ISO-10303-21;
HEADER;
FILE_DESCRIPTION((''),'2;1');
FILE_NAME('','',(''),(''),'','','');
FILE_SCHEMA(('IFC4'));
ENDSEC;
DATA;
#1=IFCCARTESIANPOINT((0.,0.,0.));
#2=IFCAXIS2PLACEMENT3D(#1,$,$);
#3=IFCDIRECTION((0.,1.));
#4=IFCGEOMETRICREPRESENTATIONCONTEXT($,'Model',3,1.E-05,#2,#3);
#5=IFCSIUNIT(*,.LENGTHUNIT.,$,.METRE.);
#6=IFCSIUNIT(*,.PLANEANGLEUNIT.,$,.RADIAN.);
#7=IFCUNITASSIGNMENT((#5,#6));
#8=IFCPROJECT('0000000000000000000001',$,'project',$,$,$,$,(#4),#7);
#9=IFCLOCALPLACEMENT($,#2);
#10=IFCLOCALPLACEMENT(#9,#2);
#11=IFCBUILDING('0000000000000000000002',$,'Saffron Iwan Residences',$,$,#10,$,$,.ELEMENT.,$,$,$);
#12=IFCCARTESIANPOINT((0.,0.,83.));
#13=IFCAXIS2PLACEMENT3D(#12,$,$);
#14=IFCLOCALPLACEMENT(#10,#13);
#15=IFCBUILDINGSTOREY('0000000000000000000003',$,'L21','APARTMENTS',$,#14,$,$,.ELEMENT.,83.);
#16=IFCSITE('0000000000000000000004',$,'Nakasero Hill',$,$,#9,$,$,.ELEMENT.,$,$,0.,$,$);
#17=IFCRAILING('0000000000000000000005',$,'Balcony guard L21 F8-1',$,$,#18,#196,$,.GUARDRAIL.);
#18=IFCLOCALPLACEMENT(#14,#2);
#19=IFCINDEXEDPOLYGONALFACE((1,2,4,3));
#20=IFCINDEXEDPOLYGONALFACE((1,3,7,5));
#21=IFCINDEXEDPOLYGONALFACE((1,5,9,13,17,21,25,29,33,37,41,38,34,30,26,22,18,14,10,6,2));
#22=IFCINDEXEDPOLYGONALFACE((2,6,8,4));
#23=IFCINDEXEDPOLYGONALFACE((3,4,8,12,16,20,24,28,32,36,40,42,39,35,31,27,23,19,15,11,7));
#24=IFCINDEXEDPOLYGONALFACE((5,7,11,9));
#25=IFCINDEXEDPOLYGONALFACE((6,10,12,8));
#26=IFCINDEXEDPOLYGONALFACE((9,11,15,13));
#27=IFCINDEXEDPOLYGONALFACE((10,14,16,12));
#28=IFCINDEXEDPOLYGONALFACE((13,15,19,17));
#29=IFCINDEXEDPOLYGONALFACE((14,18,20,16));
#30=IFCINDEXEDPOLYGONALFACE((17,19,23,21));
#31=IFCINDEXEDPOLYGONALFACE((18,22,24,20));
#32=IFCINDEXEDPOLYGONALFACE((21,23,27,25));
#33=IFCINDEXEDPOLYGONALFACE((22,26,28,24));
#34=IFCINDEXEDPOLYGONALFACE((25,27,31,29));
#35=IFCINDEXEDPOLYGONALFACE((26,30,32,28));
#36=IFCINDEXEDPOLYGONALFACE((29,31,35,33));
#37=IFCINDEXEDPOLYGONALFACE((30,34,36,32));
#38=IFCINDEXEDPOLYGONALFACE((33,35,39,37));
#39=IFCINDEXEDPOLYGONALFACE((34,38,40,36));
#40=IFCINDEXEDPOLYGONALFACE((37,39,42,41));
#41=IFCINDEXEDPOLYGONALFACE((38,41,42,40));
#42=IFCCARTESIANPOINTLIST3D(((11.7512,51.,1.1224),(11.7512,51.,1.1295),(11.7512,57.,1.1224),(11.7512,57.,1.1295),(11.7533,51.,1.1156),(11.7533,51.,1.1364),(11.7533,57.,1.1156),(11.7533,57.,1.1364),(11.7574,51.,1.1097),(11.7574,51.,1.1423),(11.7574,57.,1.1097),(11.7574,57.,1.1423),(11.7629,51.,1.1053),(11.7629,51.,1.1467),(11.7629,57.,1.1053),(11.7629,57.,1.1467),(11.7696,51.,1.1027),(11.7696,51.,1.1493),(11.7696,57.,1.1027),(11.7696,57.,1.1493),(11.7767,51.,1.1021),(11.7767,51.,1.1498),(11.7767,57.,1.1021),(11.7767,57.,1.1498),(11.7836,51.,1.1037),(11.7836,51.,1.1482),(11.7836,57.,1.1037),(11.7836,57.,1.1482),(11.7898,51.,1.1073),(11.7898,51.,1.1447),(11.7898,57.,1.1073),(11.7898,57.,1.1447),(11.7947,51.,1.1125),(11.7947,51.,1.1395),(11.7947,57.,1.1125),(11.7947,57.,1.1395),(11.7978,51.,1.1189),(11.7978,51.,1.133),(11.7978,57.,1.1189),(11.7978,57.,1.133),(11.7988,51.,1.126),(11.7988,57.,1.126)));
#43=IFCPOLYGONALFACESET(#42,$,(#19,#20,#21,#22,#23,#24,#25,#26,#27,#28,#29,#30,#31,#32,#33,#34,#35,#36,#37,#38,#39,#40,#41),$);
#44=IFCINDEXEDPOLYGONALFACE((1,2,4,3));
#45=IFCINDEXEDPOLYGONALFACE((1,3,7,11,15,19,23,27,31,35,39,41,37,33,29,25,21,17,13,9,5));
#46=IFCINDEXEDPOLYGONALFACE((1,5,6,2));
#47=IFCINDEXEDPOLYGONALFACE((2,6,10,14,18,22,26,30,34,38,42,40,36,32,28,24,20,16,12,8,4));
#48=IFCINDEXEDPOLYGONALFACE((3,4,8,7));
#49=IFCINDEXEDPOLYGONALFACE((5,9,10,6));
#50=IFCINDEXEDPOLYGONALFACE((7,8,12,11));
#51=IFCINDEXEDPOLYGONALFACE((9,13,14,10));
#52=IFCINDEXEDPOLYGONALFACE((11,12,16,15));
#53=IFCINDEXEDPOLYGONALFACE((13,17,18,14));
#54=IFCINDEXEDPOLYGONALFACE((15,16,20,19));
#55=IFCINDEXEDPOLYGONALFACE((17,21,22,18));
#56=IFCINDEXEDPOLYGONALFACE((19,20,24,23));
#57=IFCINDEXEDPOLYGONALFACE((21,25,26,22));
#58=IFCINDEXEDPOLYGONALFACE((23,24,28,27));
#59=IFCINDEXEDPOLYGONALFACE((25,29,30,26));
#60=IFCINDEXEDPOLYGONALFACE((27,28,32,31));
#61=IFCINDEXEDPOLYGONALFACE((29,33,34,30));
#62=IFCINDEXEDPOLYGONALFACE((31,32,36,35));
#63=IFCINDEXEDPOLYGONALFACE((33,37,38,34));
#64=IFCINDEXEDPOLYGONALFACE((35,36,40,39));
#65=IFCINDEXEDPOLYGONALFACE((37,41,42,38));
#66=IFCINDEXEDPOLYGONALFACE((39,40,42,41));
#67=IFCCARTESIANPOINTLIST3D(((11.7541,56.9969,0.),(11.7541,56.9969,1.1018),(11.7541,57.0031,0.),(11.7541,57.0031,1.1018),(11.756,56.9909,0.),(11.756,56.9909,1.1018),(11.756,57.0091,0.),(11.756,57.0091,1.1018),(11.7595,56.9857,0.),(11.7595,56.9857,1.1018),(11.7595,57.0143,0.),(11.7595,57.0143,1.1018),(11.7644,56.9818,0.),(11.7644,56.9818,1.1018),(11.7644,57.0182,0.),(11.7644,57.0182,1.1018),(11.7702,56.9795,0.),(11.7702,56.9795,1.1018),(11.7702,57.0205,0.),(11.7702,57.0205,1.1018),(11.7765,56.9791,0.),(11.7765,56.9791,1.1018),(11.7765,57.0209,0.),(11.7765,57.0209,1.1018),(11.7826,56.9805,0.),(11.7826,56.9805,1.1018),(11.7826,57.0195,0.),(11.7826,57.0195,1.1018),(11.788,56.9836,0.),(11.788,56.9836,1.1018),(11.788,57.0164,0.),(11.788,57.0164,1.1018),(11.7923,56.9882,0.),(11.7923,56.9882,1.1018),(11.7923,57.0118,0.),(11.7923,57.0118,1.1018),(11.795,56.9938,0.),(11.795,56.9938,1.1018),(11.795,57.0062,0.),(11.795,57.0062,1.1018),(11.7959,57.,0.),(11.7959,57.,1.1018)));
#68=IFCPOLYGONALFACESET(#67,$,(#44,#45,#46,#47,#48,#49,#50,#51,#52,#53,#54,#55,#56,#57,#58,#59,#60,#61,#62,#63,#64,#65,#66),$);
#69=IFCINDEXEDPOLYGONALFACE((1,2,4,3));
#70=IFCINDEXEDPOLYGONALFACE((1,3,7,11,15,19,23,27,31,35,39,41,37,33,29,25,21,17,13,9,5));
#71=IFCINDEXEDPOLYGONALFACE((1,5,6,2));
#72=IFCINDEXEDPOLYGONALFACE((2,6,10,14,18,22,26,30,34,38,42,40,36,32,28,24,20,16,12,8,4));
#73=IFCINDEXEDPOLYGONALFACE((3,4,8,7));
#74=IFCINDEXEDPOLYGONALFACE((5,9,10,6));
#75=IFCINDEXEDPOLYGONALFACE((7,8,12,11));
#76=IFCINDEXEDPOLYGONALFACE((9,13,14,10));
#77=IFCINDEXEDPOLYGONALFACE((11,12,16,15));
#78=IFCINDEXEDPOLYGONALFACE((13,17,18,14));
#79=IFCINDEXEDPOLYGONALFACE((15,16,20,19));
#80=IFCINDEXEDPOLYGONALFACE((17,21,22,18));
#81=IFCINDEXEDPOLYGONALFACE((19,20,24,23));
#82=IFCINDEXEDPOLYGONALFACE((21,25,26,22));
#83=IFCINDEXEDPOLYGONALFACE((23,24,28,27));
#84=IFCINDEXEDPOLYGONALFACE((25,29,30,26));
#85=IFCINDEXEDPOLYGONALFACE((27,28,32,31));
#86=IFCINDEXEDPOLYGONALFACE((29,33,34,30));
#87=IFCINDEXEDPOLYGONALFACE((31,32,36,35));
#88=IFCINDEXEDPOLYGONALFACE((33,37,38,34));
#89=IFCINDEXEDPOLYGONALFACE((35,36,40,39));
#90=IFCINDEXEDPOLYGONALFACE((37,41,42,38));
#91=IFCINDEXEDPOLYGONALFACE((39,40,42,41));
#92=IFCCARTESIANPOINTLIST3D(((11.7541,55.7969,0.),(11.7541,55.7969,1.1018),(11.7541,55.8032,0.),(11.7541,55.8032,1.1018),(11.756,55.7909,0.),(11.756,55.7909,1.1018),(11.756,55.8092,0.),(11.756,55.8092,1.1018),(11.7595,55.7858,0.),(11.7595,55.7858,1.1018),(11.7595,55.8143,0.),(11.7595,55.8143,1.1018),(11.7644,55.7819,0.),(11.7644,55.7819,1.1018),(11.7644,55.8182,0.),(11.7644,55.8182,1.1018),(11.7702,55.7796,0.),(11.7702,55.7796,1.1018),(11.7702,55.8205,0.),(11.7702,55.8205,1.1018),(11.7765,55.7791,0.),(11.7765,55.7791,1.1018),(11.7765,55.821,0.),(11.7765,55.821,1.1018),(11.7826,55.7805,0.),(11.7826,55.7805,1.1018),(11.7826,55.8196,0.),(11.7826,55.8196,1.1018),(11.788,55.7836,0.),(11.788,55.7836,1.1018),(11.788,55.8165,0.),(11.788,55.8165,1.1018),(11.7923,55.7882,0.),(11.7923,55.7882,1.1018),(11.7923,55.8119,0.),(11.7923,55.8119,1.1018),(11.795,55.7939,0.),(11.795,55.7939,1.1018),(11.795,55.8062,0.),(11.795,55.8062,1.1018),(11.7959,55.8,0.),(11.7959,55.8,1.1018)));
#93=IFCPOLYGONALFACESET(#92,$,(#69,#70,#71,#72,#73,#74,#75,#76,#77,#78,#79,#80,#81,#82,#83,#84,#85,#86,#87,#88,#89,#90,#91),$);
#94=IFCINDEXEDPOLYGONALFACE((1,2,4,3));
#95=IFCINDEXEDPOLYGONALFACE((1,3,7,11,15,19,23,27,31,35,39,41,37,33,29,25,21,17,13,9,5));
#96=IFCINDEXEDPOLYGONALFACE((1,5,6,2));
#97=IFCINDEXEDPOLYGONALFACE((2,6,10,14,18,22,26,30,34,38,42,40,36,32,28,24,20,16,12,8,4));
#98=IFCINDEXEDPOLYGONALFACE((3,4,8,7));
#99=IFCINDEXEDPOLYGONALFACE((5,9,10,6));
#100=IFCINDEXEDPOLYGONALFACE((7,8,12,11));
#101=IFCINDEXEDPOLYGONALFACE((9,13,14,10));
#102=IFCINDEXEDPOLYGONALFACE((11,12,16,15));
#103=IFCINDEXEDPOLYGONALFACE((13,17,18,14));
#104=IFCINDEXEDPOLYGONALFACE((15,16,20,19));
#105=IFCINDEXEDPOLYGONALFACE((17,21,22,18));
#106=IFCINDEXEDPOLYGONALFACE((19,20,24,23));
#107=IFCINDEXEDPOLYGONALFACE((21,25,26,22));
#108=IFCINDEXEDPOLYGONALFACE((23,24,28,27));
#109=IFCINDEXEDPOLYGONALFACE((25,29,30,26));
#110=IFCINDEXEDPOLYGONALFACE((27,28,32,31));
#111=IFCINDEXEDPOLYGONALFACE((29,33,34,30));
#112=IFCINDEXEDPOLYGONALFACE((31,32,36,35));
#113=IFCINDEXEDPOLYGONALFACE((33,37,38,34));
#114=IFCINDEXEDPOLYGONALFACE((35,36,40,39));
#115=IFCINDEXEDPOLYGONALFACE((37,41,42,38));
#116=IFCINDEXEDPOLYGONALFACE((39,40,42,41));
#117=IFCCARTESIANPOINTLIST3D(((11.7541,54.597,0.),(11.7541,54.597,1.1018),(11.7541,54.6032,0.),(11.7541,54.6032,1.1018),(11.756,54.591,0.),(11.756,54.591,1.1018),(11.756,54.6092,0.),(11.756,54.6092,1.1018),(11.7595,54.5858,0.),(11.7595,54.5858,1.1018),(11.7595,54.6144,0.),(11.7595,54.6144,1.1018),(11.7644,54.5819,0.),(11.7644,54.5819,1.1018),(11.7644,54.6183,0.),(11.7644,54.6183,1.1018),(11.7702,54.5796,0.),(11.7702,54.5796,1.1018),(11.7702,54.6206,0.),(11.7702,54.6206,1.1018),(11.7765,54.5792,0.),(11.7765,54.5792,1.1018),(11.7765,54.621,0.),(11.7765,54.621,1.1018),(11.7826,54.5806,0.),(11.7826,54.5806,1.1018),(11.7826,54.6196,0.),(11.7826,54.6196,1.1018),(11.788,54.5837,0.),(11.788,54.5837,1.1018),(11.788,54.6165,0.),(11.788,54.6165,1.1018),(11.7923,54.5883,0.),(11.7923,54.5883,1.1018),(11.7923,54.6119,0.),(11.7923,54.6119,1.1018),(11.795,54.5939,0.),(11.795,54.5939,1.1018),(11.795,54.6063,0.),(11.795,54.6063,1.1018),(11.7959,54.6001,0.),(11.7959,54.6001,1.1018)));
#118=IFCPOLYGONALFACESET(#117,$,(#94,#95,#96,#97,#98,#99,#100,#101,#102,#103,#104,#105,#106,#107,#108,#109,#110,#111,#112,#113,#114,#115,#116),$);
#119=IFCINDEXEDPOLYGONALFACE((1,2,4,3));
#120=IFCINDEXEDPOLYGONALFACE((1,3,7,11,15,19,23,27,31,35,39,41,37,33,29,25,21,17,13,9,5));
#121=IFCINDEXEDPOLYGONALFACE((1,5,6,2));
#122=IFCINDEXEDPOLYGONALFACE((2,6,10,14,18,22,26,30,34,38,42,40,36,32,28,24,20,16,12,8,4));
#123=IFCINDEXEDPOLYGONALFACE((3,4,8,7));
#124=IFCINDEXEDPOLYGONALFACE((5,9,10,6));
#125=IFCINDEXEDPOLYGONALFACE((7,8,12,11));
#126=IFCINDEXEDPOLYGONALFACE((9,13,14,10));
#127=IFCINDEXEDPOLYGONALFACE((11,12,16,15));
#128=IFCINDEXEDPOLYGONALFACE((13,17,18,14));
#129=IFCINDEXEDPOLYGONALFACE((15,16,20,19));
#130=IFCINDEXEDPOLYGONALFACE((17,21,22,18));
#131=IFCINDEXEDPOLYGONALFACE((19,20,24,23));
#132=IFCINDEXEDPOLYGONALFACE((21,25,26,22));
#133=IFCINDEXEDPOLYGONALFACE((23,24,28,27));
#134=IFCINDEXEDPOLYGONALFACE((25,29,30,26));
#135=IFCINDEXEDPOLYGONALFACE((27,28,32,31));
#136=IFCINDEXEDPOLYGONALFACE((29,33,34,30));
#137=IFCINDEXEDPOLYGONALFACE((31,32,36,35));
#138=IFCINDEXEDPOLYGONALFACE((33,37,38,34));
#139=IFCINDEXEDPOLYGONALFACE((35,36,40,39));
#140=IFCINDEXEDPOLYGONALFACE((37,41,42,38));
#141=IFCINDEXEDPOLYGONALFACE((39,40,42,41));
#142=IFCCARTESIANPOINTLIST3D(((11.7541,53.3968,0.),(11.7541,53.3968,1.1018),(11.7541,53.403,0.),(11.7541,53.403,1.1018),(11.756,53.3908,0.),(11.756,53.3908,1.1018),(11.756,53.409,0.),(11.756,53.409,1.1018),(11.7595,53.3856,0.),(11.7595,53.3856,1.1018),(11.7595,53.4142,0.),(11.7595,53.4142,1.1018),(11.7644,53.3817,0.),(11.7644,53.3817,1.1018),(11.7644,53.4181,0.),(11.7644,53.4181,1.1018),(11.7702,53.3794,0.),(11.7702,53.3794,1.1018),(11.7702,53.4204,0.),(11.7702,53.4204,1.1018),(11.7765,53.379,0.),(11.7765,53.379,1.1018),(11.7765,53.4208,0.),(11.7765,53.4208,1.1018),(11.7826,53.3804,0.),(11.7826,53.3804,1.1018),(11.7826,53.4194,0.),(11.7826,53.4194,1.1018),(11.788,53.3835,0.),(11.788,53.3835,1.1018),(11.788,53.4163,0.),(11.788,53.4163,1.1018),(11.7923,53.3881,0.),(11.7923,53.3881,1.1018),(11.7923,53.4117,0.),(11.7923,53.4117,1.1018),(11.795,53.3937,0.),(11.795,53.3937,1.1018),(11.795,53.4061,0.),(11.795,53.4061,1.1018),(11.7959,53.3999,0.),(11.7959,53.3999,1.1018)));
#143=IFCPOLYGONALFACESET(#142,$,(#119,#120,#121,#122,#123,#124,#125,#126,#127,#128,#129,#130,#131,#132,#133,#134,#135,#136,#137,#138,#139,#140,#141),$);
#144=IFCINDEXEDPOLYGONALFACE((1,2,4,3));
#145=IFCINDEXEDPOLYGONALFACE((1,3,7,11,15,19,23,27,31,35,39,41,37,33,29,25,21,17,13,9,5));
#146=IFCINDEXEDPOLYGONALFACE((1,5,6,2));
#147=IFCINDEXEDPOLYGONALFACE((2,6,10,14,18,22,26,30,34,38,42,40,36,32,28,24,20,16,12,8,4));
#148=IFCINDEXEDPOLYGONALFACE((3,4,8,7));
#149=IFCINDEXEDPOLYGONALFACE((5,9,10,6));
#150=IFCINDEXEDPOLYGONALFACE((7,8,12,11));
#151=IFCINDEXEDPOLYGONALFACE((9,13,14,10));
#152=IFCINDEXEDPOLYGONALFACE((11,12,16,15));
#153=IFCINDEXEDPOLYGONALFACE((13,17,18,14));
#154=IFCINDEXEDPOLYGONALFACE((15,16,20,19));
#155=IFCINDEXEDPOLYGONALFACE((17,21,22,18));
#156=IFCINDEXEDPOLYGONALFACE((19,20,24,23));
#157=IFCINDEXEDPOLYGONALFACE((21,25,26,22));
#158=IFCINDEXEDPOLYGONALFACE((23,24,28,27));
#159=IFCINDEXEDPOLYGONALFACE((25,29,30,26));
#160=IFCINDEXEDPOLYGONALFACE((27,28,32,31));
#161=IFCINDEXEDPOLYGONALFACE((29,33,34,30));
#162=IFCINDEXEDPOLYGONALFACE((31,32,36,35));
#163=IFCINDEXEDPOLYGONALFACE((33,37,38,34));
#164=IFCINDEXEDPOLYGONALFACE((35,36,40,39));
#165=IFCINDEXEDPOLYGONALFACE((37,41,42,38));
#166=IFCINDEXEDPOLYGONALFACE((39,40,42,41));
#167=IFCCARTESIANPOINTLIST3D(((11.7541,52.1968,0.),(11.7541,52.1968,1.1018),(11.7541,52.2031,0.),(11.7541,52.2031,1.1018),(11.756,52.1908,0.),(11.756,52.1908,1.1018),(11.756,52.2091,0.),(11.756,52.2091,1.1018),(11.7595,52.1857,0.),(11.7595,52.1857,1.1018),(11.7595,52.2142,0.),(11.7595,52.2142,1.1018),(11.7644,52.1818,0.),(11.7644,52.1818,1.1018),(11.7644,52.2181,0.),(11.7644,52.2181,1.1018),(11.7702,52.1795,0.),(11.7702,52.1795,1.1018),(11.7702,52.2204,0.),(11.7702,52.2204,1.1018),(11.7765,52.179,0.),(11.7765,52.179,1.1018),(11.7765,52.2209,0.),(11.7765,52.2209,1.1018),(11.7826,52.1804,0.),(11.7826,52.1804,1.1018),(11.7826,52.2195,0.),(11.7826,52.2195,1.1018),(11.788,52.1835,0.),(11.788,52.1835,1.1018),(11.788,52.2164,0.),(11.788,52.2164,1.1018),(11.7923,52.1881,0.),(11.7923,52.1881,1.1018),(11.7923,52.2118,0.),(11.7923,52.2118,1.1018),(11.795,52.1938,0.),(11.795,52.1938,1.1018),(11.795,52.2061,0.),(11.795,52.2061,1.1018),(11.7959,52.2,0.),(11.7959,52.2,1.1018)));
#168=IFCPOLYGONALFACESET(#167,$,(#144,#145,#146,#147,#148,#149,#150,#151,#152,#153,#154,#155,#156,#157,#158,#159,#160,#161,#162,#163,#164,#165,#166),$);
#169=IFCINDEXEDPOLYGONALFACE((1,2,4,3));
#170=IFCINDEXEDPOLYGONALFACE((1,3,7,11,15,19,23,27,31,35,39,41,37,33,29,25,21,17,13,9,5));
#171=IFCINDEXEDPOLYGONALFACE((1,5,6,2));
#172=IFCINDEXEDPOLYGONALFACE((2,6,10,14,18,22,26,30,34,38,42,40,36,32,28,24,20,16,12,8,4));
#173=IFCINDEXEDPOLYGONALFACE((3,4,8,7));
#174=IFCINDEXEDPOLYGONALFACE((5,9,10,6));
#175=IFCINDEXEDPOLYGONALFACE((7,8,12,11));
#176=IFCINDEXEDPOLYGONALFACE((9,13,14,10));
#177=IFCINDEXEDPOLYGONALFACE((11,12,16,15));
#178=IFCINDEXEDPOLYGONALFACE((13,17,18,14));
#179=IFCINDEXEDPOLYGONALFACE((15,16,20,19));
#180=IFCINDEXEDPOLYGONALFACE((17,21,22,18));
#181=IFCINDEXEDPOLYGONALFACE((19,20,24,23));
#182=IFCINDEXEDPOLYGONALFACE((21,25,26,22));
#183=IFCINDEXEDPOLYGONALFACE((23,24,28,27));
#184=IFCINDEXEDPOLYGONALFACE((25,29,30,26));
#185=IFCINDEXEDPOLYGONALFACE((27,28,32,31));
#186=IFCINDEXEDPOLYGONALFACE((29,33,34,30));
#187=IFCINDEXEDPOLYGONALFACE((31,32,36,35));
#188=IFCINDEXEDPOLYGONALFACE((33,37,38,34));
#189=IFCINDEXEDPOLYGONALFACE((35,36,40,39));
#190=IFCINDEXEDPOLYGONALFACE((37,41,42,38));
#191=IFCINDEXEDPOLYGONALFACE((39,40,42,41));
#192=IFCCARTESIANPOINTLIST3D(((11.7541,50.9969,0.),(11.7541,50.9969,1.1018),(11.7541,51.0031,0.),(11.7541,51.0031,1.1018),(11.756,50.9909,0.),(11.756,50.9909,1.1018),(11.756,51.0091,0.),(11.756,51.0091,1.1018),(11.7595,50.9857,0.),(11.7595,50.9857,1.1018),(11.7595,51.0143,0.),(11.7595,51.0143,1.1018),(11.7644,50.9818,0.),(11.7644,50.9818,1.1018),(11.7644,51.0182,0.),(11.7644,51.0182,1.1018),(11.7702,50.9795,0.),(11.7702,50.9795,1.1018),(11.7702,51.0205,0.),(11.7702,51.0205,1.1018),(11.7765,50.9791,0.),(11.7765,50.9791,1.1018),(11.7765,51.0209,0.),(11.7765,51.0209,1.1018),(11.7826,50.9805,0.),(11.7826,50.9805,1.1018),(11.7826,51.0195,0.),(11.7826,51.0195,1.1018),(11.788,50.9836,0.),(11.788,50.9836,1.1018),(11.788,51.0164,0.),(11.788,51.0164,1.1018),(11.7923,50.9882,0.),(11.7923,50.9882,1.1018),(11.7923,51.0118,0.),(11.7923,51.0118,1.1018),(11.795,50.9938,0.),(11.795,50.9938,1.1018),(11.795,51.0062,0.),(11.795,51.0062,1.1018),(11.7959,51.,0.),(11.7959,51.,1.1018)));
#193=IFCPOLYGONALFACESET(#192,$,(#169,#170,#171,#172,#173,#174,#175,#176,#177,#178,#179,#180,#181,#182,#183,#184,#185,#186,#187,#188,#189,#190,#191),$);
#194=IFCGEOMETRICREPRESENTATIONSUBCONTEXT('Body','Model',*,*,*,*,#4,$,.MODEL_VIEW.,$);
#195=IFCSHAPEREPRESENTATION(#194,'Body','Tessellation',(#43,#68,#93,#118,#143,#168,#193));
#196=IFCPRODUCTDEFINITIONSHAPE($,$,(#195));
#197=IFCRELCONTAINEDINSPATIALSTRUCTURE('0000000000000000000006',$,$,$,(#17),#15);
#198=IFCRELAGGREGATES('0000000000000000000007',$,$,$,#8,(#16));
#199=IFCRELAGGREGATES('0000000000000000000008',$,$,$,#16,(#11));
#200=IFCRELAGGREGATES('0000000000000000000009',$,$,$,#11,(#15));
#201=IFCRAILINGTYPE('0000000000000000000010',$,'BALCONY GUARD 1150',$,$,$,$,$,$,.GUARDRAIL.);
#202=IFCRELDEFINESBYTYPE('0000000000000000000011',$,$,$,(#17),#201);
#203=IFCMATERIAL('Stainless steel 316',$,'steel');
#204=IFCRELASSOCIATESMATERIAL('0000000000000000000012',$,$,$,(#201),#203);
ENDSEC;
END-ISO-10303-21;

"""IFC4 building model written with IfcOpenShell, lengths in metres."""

from ifc_helpers import new_model, si_unit, direction, frame, origin, origin_2d, place, context, subcontext, project, spatial, circle, extrude, material, type_object, element, save


model = new_model("IFC4")

# Units and contexts
model_context = context("Model", 3, precision=1e-05, world=origin(), true_north=direction((0.0, 1.0)))
body_context = subcontext(model_context, "Body", "Model", "MODEL_VIEW")
ifc_project = project(units=[si_unit("LENGTHUNIT", "METRE"), si_unit("PLANEANGLEUNIT", "RADIAN")], contexts=[model_context])

# Site, building, storey
site_placement = place(None, origin())
site = spatial("IfcSite", under=ifc_project, at=site_placement, Name="Nakasero Hill", CompositionType="ELEMENT", RefElevation=0.0)
building_placement = place(site_placement, origin())
building = spatial("IfcBuilding", under=site, at=building_placement, Name="Saffron Iwan Residences", CompositionType="ELEMENT")
storey_placement = place(building_placement, frame((0.0, 0.0, 83.0)))
storey = spatial("IfcBuildingStorey", under=building, at=storey_placement, Name="L21", Description="APARTMENTS", CompositionType="ELEMENT", Elevation=83.0)

# Railing
ifc_material_1 = material(Name="Stainless steel 316", Category="steel")
railing_type = type_object("IfcRailingType", Name="BALCONY GUARD 1150", PredefinedType="GUARDRAIL", material=ifc_material_1)
railing_placement = place(storey_placement, frame((11.7749, 57.0, 0.0)))
element("IfcRailing", 1, at=railing_placement, inside=storey, type_object=railing_type, Name="Balcony guard L21 F8-1", PredefinedType="GUARDRAIL", context=body_context, shape_type="SweptSolid", body=[
    extrude(circle(Radius=0.0239, at=origin_2d()), frame((0.0, 0.0, 1.126), z_axis=(0.0, -1.0, 0.0), x_axis=(1.0, 0.0, 0.0)), (0.0, 0.0, 1.0), 6.0),
    extrude(circle(Radius=0.021, at=origin_2d()), origin(), (0.0, 0.0, 1.0), 1.1018),
    extrude(circle(Radius=0.021, at=origin_2d()), frame((0.0, -1.2, 0.0)), (0.0, 0.0, 1.0), 1.1018),
    extrude(circle(Radius=0.021, at=origin_2d()), frame((0.0, -2.3999, 0.0)), (0.0, 0.0, 1.0), 1.1018),
    extrude(circle(Radius=0.021, at=origin_2d()), frame((0.0, -3.6001, 0.0)), (0.0, 0.0, 1.0), 1.1018),
    extrude(circle(Radius=0.021, at=origin_2d()), frame((0.0, -4.8, 0.0)), (0.0, 0.0, 1.0), 1.1018),
    extrude(circle(Radius=0.021, at=origin_2d()), frame((0.0, -6.0, 0.0)), (0.0, 0.0, 1.0), 1.1018),
])

save(model, "model.ifc")
